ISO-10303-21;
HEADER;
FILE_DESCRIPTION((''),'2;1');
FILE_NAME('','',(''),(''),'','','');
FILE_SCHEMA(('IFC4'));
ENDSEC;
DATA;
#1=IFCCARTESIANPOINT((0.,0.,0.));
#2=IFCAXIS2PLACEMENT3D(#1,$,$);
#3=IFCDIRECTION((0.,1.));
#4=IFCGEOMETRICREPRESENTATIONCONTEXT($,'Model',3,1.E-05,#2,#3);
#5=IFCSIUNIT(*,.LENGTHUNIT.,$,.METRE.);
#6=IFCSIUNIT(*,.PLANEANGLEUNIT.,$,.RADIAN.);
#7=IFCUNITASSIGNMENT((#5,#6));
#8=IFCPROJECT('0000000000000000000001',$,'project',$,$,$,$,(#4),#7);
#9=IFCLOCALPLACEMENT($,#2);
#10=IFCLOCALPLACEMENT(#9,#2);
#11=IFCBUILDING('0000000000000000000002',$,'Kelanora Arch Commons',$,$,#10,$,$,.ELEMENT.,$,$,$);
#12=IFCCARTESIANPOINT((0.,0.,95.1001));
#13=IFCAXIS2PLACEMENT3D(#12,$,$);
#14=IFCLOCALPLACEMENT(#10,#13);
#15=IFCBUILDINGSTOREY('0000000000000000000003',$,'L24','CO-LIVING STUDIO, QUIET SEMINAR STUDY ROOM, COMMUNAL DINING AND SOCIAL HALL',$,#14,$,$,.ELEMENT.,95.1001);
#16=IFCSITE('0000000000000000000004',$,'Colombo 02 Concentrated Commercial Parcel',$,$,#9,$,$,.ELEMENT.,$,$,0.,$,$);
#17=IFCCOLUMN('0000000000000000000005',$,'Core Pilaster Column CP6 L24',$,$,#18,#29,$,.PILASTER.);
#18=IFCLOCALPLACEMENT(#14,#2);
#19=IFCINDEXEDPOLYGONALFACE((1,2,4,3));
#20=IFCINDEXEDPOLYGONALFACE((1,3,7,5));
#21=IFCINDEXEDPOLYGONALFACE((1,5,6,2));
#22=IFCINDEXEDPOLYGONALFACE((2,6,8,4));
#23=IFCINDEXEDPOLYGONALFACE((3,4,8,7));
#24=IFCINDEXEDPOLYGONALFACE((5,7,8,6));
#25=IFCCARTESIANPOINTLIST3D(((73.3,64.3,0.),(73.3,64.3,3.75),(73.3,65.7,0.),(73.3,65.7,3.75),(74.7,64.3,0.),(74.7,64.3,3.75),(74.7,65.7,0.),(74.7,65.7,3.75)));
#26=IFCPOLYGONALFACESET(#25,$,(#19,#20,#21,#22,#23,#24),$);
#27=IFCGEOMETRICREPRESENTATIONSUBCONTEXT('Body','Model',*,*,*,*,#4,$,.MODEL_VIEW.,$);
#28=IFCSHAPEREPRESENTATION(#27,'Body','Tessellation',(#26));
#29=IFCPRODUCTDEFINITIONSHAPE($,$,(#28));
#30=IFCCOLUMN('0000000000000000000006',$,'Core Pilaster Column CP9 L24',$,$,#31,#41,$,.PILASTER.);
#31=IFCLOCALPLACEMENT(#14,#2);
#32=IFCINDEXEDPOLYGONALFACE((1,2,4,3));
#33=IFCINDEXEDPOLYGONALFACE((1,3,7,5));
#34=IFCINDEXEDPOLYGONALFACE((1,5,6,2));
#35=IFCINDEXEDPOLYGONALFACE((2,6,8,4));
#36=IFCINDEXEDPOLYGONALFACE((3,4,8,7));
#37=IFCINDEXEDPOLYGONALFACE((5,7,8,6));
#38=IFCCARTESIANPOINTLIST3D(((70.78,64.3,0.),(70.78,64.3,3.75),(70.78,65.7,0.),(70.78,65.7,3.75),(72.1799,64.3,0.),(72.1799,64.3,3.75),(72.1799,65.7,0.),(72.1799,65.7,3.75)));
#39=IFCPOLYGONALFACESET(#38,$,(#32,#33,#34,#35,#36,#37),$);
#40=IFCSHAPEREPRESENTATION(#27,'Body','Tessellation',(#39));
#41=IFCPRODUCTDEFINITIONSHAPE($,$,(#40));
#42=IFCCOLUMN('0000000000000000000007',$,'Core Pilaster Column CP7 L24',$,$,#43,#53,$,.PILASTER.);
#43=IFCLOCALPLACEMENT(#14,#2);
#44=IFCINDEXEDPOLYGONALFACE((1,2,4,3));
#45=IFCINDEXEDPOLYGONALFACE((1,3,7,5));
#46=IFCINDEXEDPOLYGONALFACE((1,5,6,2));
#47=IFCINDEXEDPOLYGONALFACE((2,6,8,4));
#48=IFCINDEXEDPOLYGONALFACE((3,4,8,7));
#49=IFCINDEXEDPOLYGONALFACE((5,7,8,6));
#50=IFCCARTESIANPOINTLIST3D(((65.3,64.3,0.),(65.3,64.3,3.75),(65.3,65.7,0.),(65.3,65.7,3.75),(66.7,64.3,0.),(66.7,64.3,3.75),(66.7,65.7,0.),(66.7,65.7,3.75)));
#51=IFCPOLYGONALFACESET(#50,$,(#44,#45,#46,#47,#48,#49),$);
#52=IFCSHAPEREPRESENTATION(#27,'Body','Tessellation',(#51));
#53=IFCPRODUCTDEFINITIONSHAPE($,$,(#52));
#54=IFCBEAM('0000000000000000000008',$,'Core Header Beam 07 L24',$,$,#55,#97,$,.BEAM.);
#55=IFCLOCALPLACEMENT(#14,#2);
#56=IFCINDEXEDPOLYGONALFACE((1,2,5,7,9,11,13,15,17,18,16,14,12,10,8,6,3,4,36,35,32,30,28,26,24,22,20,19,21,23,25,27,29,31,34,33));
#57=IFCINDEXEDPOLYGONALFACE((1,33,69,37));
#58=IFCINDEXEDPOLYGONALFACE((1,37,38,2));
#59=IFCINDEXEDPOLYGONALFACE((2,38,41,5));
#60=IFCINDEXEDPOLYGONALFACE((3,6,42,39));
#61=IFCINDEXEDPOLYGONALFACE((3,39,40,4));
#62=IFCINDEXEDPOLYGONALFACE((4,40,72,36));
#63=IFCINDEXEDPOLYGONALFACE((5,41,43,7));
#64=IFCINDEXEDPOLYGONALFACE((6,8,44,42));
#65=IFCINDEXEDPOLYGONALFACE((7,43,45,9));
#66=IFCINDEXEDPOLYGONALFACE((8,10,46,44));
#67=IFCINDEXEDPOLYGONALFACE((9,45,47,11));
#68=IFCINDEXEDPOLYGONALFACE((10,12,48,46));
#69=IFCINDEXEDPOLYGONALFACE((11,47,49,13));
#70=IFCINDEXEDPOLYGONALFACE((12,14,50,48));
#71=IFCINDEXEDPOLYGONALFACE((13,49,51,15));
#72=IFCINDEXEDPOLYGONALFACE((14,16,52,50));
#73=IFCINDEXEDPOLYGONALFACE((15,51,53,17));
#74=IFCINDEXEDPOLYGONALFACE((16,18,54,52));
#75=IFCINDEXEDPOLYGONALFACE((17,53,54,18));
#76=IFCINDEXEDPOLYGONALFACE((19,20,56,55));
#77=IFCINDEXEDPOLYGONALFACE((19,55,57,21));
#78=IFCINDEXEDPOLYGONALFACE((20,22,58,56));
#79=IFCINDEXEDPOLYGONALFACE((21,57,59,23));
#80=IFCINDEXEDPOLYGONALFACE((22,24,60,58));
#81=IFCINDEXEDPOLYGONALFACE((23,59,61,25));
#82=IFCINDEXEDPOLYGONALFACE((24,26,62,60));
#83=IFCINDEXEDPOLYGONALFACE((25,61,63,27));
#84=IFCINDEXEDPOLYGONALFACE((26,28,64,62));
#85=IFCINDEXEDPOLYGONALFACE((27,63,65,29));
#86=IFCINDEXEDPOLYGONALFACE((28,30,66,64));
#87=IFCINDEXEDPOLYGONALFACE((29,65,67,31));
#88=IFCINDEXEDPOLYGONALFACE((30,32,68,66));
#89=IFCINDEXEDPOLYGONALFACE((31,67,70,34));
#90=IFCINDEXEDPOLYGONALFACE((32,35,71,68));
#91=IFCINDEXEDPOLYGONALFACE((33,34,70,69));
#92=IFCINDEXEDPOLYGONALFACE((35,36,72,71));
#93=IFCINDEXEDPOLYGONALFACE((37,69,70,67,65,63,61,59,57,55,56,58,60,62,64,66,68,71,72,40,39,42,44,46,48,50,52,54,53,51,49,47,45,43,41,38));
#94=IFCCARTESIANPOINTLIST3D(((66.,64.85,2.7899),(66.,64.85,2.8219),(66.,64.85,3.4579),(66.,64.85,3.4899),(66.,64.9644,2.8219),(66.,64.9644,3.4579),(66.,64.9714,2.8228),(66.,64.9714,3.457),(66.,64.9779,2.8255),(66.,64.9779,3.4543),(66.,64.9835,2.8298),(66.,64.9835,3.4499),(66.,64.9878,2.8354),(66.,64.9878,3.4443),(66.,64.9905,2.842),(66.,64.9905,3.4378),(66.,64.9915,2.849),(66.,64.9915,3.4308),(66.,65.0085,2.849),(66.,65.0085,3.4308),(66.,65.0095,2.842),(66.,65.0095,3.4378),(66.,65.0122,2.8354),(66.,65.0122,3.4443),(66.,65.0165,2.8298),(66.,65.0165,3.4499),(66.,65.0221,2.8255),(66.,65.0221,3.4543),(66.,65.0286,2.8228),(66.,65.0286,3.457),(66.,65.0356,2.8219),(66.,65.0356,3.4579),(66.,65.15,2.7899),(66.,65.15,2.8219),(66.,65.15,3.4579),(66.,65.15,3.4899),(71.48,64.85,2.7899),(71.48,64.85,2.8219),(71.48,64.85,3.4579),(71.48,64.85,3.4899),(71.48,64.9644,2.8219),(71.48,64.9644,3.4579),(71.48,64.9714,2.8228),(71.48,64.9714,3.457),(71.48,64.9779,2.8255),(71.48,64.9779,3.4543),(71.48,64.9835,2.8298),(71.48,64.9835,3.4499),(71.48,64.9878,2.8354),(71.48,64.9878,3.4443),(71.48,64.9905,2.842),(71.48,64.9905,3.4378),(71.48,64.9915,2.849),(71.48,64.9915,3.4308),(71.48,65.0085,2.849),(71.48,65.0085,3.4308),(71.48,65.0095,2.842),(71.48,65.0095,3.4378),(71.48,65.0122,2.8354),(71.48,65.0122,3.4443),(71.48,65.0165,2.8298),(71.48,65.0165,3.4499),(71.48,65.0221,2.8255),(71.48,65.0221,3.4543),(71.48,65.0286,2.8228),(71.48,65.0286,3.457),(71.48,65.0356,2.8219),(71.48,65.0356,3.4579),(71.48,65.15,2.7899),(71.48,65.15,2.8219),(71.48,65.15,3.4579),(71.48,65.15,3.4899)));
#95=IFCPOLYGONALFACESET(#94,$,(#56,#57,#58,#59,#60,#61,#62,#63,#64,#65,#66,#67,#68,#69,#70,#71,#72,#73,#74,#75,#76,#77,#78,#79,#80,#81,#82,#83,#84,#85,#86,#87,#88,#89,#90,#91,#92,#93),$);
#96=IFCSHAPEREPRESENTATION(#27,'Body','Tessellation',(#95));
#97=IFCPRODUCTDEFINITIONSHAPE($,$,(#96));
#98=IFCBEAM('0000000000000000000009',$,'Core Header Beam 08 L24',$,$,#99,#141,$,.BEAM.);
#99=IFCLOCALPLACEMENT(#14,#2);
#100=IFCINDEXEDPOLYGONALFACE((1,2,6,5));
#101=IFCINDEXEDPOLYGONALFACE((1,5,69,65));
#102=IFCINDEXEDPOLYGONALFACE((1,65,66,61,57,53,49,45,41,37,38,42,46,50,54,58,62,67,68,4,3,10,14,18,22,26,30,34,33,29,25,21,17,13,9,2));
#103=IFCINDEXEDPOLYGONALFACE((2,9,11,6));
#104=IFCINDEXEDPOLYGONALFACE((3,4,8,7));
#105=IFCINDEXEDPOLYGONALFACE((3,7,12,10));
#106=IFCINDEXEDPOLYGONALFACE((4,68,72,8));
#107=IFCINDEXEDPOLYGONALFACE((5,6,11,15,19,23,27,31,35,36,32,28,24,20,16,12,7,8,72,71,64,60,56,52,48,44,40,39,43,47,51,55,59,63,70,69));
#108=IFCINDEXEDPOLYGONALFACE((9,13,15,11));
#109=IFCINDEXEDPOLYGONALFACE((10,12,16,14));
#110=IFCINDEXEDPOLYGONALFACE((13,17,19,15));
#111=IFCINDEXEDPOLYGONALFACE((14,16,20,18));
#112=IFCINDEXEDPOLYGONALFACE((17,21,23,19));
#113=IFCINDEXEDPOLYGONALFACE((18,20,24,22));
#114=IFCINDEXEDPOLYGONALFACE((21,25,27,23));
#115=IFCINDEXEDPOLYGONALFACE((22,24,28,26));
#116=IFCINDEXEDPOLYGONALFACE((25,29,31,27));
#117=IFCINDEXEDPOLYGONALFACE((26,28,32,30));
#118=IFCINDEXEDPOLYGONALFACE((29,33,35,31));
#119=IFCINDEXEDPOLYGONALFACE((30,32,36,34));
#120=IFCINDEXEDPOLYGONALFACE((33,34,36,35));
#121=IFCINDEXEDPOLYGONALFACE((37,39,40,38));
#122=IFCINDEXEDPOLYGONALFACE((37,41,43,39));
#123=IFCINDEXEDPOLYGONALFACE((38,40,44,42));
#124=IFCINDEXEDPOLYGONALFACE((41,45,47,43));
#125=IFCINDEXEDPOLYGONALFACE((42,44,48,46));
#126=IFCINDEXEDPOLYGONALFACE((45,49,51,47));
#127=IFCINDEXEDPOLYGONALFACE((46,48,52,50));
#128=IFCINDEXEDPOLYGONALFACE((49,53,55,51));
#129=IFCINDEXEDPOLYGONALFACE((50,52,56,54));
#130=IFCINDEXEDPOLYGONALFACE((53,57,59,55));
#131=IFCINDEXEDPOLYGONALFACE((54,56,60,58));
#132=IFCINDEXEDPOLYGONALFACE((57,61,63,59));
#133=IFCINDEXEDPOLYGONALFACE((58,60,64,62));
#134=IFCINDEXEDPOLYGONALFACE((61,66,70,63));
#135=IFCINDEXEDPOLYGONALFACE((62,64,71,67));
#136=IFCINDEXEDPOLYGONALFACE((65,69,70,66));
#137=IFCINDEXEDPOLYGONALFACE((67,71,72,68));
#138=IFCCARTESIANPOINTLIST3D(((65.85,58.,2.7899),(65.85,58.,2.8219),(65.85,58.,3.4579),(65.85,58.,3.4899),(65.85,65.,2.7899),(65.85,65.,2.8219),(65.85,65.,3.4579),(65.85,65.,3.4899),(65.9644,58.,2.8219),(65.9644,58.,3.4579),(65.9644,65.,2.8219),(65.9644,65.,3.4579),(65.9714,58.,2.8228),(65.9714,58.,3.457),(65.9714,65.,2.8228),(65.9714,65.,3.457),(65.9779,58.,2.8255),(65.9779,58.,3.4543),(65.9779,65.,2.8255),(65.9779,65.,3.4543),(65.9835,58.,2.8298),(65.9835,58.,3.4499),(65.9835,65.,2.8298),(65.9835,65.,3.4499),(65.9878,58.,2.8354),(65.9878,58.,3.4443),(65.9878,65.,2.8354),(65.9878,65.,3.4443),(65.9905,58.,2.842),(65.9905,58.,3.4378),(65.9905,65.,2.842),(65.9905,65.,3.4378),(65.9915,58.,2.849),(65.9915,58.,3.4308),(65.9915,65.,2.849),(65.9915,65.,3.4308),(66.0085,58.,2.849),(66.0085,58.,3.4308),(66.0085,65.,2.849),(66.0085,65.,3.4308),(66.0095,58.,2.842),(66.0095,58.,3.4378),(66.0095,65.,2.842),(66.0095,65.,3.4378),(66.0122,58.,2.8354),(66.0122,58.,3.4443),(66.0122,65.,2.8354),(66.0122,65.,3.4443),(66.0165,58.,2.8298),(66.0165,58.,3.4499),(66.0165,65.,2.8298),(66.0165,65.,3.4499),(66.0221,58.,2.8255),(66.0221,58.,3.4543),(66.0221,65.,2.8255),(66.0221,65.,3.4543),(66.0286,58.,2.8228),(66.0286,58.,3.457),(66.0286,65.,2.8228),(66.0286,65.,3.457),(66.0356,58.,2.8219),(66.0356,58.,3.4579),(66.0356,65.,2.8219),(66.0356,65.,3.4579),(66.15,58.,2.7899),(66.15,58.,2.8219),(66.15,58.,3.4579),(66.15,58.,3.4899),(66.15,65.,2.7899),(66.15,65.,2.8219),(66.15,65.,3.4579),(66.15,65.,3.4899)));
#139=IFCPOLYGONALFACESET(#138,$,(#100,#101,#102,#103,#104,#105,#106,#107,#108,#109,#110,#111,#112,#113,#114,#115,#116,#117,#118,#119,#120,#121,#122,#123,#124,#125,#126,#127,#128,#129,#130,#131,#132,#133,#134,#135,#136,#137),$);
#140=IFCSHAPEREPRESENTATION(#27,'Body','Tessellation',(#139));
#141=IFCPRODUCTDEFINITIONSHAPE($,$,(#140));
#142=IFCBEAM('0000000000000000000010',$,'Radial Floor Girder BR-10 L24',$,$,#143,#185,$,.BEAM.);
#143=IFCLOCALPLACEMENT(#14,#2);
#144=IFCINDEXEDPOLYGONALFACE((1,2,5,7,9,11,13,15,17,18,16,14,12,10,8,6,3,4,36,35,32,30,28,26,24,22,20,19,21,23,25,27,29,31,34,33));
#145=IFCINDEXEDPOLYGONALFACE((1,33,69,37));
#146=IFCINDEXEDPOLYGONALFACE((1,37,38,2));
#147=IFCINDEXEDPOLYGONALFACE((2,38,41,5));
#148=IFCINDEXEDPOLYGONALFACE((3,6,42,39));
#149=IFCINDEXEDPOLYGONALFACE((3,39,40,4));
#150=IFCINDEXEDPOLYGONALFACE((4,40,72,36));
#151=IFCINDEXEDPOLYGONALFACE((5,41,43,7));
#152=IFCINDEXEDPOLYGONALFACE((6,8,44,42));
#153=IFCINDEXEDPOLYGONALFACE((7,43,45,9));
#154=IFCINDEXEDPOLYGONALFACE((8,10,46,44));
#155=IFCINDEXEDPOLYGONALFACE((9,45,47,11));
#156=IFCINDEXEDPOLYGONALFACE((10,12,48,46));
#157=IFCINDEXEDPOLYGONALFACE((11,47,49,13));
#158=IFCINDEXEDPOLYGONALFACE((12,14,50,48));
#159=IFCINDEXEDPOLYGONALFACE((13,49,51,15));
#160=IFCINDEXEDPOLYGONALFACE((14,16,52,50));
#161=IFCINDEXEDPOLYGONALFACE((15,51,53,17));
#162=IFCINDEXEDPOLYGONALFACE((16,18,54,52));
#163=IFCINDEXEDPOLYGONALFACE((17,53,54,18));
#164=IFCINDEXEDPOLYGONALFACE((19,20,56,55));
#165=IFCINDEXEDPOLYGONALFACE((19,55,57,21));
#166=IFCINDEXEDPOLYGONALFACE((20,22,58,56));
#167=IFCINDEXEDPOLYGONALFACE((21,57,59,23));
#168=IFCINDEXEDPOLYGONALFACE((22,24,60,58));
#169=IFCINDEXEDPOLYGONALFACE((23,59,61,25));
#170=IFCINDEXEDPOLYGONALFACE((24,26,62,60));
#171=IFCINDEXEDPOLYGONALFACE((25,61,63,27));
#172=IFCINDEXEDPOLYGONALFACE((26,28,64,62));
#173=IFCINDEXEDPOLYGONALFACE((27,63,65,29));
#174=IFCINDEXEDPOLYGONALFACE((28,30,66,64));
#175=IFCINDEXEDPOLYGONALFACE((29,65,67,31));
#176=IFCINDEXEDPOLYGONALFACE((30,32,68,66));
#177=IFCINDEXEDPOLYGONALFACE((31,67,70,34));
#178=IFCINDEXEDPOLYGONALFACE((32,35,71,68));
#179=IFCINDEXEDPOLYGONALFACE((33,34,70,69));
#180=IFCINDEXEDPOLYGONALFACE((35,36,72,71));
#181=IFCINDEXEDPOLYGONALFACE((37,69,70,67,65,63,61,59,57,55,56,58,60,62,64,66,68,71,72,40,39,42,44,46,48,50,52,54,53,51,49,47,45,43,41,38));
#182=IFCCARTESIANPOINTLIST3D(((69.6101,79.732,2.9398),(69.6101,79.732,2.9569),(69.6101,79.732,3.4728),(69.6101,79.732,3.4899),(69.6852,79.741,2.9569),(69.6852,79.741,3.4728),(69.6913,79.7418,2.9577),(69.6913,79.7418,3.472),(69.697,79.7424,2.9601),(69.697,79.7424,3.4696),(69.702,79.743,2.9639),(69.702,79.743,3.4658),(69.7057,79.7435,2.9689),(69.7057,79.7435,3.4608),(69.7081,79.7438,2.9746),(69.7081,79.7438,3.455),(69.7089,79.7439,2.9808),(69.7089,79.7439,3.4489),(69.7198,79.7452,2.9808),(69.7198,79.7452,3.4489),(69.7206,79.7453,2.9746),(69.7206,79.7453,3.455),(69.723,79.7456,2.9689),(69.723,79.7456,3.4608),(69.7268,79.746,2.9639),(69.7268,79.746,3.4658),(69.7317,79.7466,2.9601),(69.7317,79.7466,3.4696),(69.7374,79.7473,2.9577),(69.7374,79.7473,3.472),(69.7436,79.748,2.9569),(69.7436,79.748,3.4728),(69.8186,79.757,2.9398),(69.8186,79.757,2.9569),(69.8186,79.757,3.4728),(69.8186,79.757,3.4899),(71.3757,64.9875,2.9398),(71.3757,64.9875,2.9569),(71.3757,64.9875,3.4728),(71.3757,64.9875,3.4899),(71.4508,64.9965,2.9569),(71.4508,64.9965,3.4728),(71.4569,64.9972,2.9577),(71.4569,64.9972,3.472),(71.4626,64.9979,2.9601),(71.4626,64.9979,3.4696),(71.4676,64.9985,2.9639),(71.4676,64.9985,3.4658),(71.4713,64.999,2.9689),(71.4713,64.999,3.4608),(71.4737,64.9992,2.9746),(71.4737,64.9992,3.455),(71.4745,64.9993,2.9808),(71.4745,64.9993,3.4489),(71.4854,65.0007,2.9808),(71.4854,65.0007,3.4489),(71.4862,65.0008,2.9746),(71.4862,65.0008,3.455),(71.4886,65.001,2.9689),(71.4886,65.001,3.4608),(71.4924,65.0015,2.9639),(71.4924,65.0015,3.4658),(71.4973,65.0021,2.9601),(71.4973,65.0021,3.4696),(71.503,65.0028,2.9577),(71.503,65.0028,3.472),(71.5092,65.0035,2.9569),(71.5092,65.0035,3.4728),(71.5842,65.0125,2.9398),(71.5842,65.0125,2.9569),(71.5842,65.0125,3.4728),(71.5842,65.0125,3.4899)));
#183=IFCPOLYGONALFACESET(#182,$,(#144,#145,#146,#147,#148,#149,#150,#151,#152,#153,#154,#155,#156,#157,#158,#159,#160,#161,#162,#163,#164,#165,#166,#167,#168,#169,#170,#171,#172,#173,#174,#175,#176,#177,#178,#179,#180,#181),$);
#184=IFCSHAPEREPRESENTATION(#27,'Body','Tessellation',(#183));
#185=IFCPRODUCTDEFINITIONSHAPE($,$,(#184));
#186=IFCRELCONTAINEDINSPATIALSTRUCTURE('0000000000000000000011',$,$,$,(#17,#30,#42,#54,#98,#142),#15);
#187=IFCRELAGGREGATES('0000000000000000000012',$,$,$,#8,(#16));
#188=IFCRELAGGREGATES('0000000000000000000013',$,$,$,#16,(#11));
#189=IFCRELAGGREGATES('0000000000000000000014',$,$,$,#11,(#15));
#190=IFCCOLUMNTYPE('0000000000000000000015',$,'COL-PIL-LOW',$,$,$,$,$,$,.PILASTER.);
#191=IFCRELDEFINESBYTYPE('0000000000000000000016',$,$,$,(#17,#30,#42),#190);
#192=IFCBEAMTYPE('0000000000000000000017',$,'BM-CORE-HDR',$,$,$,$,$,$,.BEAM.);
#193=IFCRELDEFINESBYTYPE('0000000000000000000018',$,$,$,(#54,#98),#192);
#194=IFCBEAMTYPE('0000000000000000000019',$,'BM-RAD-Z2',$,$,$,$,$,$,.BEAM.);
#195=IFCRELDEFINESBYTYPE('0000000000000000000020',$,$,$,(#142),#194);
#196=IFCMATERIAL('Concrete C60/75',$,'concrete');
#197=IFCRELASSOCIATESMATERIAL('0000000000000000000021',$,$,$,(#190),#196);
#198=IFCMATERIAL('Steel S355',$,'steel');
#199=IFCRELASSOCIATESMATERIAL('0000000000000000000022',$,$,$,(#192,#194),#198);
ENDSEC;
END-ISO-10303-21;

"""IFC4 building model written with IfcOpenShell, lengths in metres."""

from ifc_helpers import new_model, si_unit, direction, frame, origin, origin_2d, place, context, subcontext, project, spatial, rectangle, i_section, extrude, material, material_profile, profile_set, type_object, element, save


model = new_model("IFC4")

# Units and contexts
model_context = context("Model", 3, precision=1e-05, world=origin(), true_north=direction((0.0, 1.0)))
body_context = subcontext(model_context, "Body", "Model", "MODEL_VIEW")
ifc_project = project(units=[si_unit("LENGTHUNIT", "METRE"), si_unit("PLANEANGLEUNIT", "RADIAN")], contexts=[model_context])

# Site, building, storey
site_placement = place(None, origin())
site = spatial("IfcSite", under=ifc_project, at=site_placement, Name="Colombo 02 Concentrated Commercial Parcel", CompositionType="ELEMENT", RefElevation=0.0)
building_placement = place(site_placement, origin())
building = spatial("IfcBuilding", under=site, at=building_placement, Name="Kelanora Arch Commons", CompositionType="ELEMENT")
storey_placement = place(building_placement, frame((0.0, 0.0, 95.1001)))
storey = spatial("IfcBuildingStorey", under=building, at=storey_placement, Name="L24", Description="CO-LIVING STUDIO, QUIET SEMINAR STUDY ROOM, COMMUNAL DINING AND SOCIAL HALL", CompositionType="ELEMENT", Elevation=95.1001)

# Columns
ifc_material_1 = material(Name="Concrete C60/75", Category="concrete")
ifc_material_profile_1 = material_profile(ifc_material_1, rectangle(XDim=1.3999, YDim=1.3999, at=origin_2d()), Name="RC1400x1400")
ifc_profile_set_1 = profile_set([ifc_material_profile_1], Name="Concrete C60/75")
column_type = type_object("IfcColumnType", Name="COL-PIL-LOW", PredefinedType="PILASTER", material=ifc_profile_set_1)
for number, where, z_axis, x_axis, name in (
    (1, (74.0, 65.0, 0.0), (0.0, 0.0, 1.0), (1.0, 0.0, 0.0), "Core Pilaster Column CP6 L24"),
    (2, (71.48, 65.0, 0.0), (0.0, 0.0, 1.0), (1.0, 0.0, 0.0), "Core Pilaster Column CP9 L24"),
    (3, (66.0, 65.0, 0.0), (0.0, 0.0, 1.0), (1.0, 0.0, 0.0), "Core Pilaster Column CP7 L24"),
):
    element("IfcColumn", number, at=place(storey_placement, frame(where, z_axis=z_axis, x_axis=x_axis)), inside=storey, type_object=column_type, Name=name, PredefinedType="PILASTER", context=body_context, shape_type="SweptSolid", body=[
        extrude(rectangle(XDim=1.3999, YDim=1.3999, at=origin_2d()), origin(), (0.0, 0.0, 1.0), 3.75),
    ])

# Beams
ifc_material_2 = material(Name="Steel S355", Category="steel")
ifc_material_profile_2 = material_profile(ifc_material_2, i_section(OverallWidth=0.3, OverallDepth=0.7, WebThickness=0.0171, FlangeThickness=0.032, FilletRadius=0.0271, at=origin_2d()), Name="HEB700")
ifc_profile_set_2 = profile_set([ifc_material_profile_2], Name="Steel S355")
beam_type_1 = type_object("IfcBeamType", Name="BM-CORE-HDR", PredefinedType="BEAM", material=ifc_profile_set_2)
beam_1_placement = place(storey_placement, frame((71.48, 65.0, 3.1399), z_axis=(-1.0, 0.0, 0.0), x_axis=(0.0, -1.0, 0.0)))
element("IfcBeam", 4, at=beam_1_placement, inside=storey, type_object=beam_type_1, Name="Core Header Beam 07 L24", PredefinedType="BEAM", context=body_context, shape_type="SweptSolid", body=[
    extrude(i_section(OverallWidth=0.3, OverallDepth=0.7, WebThickness=0.0171, FlangeThickness=0.032, FilletRadius=0.0271, at=origin_2d()), origin(), (0.0, 0.0, 1.0), 5.48),
])
beam_2_placement = place(storey_placement, frame((66.0, 65.0, 3.1399), z_axis=(0.0, -1.0, 0.0), x_axis=(1.0, 0.0, 0.0)))
element("IfcBeam", 5, at=beam_2_placement, inside=storey, type_object=beam_type_1, Name="Core Header Beam 08 L24", PredefinedType="BEAM", context=body_context, shape_type="SweptSolid", body=[
    extrude(i_section(OverallWidth=0.3, OverallDepth=0.7, WebThickness=0.0171, FlangeThickness=0.032, FilletRadius=0.0271, at=origin_2d()), origin(), (0.0, 0.0, 1.0), 7.0),
])
ifc_material_profile_3 = material_profile(ifc_material_2, i_section(OverallWidth=0.21, OverallDepth=0.55, WebThickness=0.011, FlangeThickness=0.0171, FilletRadius=0.0239, at=origin_2d()), Name="IPE550")
ifc_profile_set_3 = profile_set([ifc_material_profile_3], Name="Steel S355")
beam_type_2 = type_object("IfcBeamType", Name="BM-RAD-Z2", PredefinedType="BEAM", material=ifc_profile_set_3)
beam_3_placement = place(storey_placement, frame((71.48, 65.0, 3.2148), z_axis=(-0.118898, 0.992907, 0.0), x_axis=(-0.992907, -0.118898, 0.0)))
element("IfcBeam", 6, at=beam_3_placement, inside=storey, type_object=beam_type_2, Name="Radial Floor Girder BR-10 L24", PredefinedType="BEAM", context=body_context, shape_type="SweptSolid", body=[
    extrude(i_section(OverallWidth=0.21, OverallDepth=0.55, WebThickness=0.011, FlangeThickness=0.0171, FilletRadius=0.0239, at=origin_2d()), origin(), (0.0, 0.0, 1.0), 14.8499),
])

save(model, "model.ifc")
